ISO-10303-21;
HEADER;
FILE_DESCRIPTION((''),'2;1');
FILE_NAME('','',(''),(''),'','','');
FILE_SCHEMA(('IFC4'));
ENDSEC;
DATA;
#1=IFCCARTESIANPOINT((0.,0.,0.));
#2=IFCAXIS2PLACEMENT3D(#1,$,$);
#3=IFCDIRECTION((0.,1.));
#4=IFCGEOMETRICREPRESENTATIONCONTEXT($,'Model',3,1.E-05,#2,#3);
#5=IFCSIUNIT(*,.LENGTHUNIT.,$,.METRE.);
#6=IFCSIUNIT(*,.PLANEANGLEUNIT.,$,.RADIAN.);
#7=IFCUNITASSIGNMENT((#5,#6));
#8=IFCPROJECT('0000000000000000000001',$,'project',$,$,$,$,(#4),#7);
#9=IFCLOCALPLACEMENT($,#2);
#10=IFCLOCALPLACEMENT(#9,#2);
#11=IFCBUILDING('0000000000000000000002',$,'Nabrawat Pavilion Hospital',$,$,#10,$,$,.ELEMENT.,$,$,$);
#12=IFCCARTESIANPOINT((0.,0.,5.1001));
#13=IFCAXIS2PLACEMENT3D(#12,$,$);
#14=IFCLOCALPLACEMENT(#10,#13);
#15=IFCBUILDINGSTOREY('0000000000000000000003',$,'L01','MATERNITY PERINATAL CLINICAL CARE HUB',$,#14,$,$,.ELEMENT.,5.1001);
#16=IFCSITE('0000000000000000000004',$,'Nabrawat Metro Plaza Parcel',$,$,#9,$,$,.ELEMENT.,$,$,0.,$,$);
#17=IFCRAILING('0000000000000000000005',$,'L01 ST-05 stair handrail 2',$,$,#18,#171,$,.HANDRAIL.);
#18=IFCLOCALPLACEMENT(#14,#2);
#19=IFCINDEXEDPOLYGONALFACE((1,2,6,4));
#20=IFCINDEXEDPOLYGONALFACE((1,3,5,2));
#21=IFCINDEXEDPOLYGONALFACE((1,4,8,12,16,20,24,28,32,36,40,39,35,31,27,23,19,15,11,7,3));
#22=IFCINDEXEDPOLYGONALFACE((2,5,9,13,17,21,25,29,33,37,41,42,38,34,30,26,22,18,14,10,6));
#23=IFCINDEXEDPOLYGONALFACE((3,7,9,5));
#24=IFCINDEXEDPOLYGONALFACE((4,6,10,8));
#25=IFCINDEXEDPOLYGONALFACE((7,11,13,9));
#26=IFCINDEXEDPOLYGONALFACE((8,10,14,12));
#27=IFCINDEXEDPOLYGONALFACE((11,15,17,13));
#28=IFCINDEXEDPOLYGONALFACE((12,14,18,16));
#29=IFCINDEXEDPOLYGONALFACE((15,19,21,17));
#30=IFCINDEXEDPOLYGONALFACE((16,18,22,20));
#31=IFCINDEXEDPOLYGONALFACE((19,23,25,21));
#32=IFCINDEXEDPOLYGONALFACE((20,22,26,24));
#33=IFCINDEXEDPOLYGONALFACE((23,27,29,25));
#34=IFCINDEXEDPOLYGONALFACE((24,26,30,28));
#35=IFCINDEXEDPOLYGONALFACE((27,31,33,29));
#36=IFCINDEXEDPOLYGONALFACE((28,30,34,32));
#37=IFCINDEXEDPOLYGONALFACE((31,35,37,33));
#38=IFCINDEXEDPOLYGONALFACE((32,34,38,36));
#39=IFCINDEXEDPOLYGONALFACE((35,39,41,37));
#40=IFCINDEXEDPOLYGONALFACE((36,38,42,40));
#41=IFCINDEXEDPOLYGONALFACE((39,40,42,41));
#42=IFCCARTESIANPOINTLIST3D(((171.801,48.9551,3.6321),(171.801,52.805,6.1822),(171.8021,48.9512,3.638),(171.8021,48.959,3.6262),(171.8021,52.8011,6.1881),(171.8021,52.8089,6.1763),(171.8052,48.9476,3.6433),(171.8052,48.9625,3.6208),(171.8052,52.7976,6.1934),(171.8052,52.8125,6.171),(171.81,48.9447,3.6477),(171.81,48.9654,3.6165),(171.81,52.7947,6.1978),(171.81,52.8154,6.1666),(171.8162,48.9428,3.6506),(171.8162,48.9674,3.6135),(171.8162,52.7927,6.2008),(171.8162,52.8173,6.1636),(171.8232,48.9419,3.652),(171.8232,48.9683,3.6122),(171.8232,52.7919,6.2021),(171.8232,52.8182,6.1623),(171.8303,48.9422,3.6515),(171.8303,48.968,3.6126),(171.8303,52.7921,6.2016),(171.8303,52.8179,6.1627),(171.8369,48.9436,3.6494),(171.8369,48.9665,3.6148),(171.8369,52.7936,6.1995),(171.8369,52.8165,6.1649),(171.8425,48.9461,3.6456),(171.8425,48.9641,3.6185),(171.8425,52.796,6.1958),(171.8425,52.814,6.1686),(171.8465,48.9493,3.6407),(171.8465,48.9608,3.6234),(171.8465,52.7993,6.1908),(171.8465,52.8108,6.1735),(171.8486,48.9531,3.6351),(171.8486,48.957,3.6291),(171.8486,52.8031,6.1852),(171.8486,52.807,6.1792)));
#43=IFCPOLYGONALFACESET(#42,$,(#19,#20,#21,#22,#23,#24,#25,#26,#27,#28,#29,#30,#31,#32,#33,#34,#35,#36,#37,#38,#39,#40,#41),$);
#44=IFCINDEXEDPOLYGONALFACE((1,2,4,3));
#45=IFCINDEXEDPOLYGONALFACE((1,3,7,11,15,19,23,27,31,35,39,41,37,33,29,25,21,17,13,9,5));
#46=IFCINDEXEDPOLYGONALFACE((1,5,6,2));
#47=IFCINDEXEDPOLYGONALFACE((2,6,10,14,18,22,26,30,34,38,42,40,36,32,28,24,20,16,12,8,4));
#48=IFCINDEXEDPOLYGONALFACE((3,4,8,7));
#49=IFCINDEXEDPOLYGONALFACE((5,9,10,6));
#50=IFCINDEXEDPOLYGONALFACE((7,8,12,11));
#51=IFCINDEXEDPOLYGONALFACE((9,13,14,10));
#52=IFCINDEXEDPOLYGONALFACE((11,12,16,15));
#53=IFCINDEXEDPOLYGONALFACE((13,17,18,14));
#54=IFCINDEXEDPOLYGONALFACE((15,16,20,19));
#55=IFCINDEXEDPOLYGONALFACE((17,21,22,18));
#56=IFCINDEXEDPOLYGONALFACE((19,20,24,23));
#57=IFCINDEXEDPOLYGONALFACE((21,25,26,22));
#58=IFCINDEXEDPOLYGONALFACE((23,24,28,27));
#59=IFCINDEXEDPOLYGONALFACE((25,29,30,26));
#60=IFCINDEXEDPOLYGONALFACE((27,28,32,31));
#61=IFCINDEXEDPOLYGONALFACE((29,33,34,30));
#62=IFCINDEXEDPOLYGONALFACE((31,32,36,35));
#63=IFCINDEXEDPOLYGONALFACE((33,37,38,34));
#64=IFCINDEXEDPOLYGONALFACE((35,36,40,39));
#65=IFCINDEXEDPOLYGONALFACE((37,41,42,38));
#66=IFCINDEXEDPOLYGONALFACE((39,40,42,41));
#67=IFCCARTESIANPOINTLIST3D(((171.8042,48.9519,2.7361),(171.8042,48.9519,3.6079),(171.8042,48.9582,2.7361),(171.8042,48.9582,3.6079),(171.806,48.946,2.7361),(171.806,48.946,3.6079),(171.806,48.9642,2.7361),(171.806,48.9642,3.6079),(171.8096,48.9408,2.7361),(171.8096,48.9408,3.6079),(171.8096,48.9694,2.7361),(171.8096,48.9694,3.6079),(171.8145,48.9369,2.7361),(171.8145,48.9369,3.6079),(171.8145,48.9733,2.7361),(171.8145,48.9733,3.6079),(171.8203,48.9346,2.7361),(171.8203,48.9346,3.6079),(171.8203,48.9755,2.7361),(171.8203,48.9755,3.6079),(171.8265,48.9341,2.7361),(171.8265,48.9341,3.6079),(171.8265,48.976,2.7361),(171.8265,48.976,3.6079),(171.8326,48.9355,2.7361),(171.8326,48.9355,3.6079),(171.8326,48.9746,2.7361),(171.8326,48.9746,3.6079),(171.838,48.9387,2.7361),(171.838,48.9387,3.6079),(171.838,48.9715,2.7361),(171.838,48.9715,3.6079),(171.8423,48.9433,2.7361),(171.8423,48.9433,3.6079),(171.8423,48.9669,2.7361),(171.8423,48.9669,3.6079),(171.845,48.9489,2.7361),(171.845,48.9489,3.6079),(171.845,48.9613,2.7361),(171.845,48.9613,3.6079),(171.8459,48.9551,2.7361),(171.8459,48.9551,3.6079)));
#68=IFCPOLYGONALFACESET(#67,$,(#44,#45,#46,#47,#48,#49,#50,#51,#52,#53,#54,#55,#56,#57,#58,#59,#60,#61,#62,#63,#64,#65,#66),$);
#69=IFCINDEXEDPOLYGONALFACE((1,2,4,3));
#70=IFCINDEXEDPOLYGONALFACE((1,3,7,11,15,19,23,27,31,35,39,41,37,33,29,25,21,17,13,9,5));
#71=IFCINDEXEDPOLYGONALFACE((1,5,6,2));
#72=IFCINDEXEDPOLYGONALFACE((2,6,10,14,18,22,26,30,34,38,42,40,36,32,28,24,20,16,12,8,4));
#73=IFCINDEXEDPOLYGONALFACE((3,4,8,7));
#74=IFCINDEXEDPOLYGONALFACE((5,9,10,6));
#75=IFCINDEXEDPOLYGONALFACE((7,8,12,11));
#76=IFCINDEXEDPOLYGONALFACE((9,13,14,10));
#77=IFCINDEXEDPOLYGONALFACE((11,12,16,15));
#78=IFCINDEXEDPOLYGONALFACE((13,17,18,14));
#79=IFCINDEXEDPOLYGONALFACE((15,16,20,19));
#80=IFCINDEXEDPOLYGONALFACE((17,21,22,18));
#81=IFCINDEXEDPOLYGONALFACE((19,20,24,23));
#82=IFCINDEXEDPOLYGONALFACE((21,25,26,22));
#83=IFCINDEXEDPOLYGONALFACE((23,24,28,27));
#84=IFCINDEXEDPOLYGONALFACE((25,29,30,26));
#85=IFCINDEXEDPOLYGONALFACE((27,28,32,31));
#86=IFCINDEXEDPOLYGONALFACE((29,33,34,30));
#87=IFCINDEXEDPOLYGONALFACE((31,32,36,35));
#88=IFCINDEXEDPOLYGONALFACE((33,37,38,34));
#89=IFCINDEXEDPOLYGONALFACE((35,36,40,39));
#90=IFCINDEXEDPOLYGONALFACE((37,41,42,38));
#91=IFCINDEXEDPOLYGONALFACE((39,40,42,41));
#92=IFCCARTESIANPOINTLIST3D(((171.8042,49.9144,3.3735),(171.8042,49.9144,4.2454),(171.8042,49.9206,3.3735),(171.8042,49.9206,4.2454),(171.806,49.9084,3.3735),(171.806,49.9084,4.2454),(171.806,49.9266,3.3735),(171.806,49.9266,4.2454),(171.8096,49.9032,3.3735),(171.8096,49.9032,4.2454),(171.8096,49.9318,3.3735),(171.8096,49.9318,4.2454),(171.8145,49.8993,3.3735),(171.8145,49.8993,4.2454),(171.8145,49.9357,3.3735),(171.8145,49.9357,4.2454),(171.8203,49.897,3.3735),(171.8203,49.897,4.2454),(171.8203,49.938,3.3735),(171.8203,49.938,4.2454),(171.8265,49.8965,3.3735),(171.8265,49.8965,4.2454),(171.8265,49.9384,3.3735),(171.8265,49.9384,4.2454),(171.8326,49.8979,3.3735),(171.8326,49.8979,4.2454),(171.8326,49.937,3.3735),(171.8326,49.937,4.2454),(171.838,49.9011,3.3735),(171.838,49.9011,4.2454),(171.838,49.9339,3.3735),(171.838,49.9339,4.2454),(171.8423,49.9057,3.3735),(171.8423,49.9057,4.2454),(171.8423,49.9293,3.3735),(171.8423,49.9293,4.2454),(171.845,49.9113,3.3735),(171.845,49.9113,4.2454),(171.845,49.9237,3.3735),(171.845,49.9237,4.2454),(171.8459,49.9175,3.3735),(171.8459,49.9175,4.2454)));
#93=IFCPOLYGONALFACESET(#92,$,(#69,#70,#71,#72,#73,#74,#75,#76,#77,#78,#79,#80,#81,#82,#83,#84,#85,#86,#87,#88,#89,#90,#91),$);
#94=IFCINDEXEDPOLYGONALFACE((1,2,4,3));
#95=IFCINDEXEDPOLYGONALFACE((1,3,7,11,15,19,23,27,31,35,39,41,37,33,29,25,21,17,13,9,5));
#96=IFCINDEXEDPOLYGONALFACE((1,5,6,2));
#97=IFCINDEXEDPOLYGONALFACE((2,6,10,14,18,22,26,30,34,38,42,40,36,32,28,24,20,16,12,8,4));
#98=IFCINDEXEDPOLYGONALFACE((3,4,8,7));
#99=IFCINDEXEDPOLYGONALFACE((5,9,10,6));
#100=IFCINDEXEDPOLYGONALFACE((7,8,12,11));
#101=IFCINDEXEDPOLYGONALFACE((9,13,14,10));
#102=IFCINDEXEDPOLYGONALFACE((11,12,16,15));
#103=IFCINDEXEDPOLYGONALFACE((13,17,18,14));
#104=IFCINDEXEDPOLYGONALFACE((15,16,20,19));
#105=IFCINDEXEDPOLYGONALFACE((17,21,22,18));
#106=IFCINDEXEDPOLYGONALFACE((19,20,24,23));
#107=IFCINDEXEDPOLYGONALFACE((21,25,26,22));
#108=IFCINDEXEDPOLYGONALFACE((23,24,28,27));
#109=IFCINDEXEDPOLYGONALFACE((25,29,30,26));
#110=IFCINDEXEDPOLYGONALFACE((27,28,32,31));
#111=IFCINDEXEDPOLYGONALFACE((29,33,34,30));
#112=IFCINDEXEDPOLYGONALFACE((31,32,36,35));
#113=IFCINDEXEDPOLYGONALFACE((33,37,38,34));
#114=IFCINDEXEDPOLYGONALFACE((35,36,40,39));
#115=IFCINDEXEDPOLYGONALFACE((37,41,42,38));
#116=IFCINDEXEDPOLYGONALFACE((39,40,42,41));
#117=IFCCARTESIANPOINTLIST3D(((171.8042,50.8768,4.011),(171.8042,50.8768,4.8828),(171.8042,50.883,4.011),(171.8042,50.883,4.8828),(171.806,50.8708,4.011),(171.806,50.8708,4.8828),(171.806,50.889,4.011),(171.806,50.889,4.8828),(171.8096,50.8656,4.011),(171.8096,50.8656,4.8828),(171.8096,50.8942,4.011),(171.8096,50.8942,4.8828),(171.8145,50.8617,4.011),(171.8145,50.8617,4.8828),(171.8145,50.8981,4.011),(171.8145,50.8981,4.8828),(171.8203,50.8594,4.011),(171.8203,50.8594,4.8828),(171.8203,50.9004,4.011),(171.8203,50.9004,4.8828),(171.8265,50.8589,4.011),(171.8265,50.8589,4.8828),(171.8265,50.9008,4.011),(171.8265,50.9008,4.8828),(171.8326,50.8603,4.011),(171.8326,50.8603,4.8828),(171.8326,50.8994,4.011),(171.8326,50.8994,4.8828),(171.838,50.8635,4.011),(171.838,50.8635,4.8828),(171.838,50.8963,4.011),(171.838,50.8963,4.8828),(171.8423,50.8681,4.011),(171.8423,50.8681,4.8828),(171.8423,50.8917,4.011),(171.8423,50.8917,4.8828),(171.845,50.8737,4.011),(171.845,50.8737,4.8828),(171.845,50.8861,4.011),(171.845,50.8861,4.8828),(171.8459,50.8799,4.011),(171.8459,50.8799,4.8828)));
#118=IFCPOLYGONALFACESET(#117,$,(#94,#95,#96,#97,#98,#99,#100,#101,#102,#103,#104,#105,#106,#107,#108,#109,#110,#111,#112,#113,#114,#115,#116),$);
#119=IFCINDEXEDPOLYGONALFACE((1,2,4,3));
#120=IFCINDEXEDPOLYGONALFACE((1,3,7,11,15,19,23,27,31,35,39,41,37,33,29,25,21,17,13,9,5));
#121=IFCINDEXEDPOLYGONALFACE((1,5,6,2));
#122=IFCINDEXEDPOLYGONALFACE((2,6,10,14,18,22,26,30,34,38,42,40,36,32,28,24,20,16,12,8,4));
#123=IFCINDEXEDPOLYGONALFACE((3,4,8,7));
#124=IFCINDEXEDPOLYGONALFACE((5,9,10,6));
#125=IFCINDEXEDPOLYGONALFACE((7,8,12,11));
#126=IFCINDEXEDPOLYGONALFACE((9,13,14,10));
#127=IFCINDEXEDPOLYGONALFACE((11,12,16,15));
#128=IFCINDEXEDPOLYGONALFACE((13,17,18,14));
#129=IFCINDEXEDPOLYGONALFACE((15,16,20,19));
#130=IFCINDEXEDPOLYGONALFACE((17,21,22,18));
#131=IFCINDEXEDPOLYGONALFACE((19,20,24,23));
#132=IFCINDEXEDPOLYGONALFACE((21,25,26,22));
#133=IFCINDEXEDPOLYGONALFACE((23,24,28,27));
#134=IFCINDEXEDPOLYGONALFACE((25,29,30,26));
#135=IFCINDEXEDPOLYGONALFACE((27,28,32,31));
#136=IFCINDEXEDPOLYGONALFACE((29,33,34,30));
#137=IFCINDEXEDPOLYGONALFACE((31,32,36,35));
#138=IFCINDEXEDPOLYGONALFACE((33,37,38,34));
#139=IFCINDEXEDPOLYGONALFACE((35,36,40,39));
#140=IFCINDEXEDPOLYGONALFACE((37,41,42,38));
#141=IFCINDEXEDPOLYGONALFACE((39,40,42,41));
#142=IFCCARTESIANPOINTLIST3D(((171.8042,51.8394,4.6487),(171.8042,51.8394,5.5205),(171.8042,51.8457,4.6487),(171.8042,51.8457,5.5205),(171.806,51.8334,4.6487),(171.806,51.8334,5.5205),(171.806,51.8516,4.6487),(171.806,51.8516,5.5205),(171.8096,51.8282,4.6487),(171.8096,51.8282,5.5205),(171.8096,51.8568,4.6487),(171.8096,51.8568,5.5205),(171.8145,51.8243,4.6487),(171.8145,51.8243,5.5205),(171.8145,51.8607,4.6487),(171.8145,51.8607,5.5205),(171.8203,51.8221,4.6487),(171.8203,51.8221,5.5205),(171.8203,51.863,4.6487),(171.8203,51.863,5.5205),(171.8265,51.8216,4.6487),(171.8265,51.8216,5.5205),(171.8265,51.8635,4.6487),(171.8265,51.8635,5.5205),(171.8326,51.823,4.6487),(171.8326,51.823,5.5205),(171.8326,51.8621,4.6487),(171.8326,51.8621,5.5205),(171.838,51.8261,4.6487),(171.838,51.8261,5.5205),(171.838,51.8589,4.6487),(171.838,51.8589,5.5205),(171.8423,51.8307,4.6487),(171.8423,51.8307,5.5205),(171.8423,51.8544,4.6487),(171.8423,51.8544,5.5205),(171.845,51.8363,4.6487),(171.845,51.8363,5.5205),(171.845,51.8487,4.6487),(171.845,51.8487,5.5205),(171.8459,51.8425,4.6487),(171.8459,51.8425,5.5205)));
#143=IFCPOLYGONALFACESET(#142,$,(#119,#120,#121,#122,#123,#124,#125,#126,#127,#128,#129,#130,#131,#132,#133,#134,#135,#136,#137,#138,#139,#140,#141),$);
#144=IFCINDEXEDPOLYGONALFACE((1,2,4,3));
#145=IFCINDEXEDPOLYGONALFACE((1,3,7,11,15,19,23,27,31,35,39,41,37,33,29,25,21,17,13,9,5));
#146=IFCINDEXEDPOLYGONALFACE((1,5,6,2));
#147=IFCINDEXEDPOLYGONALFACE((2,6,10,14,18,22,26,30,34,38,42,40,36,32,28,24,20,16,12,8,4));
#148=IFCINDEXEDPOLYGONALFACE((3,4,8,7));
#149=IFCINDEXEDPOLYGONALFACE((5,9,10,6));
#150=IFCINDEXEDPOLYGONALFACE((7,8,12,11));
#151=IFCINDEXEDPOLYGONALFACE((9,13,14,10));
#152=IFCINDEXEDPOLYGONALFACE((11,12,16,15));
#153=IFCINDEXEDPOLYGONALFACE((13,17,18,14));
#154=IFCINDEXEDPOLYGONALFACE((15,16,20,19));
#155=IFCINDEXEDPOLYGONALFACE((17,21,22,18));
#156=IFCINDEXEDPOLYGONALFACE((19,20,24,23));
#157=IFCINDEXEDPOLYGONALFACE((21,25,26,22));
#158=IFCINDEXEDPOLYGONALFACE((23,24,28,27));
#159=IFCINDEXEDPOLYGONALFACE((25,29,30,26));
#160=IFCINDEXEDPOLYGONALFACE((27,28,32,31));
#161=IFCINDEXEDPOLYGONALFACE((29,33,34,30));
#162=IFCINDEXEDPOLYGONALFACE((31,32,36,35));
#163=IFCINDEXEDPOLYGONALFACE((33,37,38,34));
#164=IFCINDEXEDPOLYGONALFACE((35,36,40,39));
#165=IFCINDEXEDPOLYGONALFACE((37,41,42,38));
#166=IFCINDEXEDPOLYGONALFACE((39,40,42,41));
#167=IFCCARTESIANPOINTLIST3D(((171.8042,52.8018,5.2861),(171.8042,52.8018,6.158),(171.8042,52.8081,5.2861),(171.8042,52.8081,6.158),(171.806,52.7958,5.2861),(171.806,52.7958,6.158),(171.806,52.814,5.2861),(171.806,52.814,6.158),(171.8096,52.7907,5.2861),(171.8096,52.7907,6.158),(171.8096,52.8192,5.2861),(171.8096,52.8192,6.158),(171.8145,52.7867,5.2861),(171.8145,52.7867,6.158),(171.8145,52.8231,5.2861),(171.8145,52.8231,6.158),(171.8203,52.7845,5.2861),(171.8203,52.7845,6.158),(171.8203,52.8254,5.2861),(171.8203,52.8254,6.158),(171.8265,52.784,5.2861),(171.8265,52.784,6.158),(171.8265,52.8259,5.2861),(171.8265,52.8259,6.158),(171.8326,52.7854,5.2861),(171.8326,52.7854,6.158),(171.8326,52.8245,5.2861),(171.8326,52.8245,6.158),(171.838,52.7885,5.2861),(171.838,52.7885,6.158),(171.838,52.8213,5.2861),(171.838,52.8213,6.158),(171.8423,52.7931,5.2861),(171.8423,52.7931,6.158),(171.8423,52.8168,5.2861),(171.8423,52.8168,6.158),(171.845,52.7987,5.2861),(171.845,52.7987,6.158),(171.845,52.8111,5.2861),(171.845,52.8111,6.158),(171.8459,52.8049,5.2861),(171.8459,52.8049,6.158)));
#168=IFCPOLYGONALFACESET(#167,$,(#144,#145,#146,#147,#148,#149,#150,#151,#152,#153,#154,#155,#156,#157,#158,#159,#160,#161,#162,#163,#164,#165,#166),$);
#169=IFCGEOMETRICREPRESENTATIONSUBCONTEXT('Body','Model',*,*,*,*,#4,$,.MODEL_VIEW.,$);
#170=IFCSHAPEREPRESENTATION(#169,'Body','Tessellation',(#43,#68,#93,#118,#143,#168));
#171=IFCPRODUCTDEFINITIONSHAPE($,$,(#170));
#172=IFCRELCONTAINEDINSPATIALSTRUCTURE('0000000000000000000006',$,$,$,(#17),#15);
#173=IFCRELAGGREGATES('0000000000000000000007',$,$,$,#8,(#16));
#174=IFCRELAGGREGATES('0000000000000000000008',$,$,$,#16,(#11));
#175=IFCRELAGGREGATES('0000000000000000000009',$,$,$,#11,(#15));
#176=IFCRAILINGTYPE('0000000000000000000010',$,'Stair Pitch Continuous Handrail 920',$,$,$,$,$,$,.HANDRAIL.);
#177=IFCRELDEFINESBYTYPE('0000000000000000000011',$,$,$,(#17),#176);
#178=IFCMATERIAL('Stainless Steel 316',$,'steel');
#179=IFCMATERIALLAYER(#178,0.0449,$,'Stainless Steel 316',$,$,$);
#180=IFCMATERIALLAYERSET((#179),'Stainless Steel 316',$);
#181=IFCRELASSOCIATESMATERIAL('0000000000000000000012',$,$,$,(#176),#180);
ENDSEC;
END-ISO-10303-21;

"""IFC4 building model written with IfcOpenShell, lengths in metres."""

from ifc_helpers import new_model, si_unit, direction, frame, origin, origin_2d, place, context, subcontext, project, spatial, circle, extrude, material, layer, layer_set, type_object, element, save


model = new_model("IFC4")

# Units and contexts
model_context = context("Model", 3, precision=1e-05, world=origin(), true_north=direction((0.0, 1.0)))
body_context = subcontext(model_context, "Body", "Model", "MODEL_VIEW")
ifc_project = project(units=[si_unit("LENGTHUNIT", "METRE"), si_unit("PLANEANGLEUNIT", "RADIAN")], contexts=[model_context])

# Site, building, storey
site_placement = place(None, origin())
site = spatial("IfcSite", under=ifc_project, at=site_placement, Name="Nabrawat Metro Plaza Parcel", CompositionType="ELEMENT", RefElevation=0.0)
building_placement = place(site_placement, origin())
building = spatial("IfcBuilding", under=site, at=building_placement, Name="Nabrawat Pavilion Hospital", CompositionType="ELEMENT")
storey_placement = place(building_placement, frame((0.0, 0.0, 5.1001)))
storey = spatial("IfcBuildingStorey", under=building, at=storey_placement, Name="L01", Description="MATERNITY PERINATAL CLINICAL CARE HUB", CompositionType="ELEMENT", Elevation=5.1001)

# Railing
ifc_material_1 = material(Name="Stainless Steel 316", Category="steel")
ifc_layer_1 = layer(ifc_material_1, 0.0449, Name="Stainless Steel 316")
ifc_layer_set_1 = layer_set([ifc_layer_1], Name="Stainless Steel 316")
railing_type_1 = type_object("IfcRailingType", Name="Stair Pitch Continuous Handrail 920", PredefinedType="HANDRAIL", material=ifc_layer_set_1)
railing_1_placement = place(storey_placement, frame((171.825, 48.9551, 2.7361)))
element("IfcRailing", 1, at=railing_1_placement, inside=storey, type_object=railing_type_1, Name="L01 ST-05 stair handrail 2", PredefinedType="HANDRAIL", context=body_context, shape_type="SweptSolid", body=[
    extrude(circle(Radius=0.0239, at=origin_2d()), frame((0.0, 0.0, 0.896), z_axis=(0.0, 0.833698, 0.552221), x_axis=(-1.0, 0.0, 0.0)), (0.0, 0.0, 1.0), 4.6179),
    extrude(circle(Radius=0.021, at=origin_2d()), origin(), (0.0, 0.0, 1.0), 0.8718),
    extrude(circle(Radius=0.021, at=origin_2d()), frame((0.0, 0.9624, 0.6375)), (0.0, 0.0, 1.0), 0.8718),
    extrude(circle(Radius=0.021, at=origin_2d()), frame((0.0, 1.9248, 1.2749)), (0.0, 0.0, 1.0), 0.8718),
    extrude(circle(Radius=0.021, at=origin_2d()), frame((0.0, 2.8875, 1.9126)), (0.0, 0.0, 1.0), 0.8718),
    extrude(circle(Radius=0.021, at=origin_2d()), frame((0.0, 3.8499, 2.55)), (0.0, 0.0, 1.0), 0.8718),
])

save(model, "model.ifc")
